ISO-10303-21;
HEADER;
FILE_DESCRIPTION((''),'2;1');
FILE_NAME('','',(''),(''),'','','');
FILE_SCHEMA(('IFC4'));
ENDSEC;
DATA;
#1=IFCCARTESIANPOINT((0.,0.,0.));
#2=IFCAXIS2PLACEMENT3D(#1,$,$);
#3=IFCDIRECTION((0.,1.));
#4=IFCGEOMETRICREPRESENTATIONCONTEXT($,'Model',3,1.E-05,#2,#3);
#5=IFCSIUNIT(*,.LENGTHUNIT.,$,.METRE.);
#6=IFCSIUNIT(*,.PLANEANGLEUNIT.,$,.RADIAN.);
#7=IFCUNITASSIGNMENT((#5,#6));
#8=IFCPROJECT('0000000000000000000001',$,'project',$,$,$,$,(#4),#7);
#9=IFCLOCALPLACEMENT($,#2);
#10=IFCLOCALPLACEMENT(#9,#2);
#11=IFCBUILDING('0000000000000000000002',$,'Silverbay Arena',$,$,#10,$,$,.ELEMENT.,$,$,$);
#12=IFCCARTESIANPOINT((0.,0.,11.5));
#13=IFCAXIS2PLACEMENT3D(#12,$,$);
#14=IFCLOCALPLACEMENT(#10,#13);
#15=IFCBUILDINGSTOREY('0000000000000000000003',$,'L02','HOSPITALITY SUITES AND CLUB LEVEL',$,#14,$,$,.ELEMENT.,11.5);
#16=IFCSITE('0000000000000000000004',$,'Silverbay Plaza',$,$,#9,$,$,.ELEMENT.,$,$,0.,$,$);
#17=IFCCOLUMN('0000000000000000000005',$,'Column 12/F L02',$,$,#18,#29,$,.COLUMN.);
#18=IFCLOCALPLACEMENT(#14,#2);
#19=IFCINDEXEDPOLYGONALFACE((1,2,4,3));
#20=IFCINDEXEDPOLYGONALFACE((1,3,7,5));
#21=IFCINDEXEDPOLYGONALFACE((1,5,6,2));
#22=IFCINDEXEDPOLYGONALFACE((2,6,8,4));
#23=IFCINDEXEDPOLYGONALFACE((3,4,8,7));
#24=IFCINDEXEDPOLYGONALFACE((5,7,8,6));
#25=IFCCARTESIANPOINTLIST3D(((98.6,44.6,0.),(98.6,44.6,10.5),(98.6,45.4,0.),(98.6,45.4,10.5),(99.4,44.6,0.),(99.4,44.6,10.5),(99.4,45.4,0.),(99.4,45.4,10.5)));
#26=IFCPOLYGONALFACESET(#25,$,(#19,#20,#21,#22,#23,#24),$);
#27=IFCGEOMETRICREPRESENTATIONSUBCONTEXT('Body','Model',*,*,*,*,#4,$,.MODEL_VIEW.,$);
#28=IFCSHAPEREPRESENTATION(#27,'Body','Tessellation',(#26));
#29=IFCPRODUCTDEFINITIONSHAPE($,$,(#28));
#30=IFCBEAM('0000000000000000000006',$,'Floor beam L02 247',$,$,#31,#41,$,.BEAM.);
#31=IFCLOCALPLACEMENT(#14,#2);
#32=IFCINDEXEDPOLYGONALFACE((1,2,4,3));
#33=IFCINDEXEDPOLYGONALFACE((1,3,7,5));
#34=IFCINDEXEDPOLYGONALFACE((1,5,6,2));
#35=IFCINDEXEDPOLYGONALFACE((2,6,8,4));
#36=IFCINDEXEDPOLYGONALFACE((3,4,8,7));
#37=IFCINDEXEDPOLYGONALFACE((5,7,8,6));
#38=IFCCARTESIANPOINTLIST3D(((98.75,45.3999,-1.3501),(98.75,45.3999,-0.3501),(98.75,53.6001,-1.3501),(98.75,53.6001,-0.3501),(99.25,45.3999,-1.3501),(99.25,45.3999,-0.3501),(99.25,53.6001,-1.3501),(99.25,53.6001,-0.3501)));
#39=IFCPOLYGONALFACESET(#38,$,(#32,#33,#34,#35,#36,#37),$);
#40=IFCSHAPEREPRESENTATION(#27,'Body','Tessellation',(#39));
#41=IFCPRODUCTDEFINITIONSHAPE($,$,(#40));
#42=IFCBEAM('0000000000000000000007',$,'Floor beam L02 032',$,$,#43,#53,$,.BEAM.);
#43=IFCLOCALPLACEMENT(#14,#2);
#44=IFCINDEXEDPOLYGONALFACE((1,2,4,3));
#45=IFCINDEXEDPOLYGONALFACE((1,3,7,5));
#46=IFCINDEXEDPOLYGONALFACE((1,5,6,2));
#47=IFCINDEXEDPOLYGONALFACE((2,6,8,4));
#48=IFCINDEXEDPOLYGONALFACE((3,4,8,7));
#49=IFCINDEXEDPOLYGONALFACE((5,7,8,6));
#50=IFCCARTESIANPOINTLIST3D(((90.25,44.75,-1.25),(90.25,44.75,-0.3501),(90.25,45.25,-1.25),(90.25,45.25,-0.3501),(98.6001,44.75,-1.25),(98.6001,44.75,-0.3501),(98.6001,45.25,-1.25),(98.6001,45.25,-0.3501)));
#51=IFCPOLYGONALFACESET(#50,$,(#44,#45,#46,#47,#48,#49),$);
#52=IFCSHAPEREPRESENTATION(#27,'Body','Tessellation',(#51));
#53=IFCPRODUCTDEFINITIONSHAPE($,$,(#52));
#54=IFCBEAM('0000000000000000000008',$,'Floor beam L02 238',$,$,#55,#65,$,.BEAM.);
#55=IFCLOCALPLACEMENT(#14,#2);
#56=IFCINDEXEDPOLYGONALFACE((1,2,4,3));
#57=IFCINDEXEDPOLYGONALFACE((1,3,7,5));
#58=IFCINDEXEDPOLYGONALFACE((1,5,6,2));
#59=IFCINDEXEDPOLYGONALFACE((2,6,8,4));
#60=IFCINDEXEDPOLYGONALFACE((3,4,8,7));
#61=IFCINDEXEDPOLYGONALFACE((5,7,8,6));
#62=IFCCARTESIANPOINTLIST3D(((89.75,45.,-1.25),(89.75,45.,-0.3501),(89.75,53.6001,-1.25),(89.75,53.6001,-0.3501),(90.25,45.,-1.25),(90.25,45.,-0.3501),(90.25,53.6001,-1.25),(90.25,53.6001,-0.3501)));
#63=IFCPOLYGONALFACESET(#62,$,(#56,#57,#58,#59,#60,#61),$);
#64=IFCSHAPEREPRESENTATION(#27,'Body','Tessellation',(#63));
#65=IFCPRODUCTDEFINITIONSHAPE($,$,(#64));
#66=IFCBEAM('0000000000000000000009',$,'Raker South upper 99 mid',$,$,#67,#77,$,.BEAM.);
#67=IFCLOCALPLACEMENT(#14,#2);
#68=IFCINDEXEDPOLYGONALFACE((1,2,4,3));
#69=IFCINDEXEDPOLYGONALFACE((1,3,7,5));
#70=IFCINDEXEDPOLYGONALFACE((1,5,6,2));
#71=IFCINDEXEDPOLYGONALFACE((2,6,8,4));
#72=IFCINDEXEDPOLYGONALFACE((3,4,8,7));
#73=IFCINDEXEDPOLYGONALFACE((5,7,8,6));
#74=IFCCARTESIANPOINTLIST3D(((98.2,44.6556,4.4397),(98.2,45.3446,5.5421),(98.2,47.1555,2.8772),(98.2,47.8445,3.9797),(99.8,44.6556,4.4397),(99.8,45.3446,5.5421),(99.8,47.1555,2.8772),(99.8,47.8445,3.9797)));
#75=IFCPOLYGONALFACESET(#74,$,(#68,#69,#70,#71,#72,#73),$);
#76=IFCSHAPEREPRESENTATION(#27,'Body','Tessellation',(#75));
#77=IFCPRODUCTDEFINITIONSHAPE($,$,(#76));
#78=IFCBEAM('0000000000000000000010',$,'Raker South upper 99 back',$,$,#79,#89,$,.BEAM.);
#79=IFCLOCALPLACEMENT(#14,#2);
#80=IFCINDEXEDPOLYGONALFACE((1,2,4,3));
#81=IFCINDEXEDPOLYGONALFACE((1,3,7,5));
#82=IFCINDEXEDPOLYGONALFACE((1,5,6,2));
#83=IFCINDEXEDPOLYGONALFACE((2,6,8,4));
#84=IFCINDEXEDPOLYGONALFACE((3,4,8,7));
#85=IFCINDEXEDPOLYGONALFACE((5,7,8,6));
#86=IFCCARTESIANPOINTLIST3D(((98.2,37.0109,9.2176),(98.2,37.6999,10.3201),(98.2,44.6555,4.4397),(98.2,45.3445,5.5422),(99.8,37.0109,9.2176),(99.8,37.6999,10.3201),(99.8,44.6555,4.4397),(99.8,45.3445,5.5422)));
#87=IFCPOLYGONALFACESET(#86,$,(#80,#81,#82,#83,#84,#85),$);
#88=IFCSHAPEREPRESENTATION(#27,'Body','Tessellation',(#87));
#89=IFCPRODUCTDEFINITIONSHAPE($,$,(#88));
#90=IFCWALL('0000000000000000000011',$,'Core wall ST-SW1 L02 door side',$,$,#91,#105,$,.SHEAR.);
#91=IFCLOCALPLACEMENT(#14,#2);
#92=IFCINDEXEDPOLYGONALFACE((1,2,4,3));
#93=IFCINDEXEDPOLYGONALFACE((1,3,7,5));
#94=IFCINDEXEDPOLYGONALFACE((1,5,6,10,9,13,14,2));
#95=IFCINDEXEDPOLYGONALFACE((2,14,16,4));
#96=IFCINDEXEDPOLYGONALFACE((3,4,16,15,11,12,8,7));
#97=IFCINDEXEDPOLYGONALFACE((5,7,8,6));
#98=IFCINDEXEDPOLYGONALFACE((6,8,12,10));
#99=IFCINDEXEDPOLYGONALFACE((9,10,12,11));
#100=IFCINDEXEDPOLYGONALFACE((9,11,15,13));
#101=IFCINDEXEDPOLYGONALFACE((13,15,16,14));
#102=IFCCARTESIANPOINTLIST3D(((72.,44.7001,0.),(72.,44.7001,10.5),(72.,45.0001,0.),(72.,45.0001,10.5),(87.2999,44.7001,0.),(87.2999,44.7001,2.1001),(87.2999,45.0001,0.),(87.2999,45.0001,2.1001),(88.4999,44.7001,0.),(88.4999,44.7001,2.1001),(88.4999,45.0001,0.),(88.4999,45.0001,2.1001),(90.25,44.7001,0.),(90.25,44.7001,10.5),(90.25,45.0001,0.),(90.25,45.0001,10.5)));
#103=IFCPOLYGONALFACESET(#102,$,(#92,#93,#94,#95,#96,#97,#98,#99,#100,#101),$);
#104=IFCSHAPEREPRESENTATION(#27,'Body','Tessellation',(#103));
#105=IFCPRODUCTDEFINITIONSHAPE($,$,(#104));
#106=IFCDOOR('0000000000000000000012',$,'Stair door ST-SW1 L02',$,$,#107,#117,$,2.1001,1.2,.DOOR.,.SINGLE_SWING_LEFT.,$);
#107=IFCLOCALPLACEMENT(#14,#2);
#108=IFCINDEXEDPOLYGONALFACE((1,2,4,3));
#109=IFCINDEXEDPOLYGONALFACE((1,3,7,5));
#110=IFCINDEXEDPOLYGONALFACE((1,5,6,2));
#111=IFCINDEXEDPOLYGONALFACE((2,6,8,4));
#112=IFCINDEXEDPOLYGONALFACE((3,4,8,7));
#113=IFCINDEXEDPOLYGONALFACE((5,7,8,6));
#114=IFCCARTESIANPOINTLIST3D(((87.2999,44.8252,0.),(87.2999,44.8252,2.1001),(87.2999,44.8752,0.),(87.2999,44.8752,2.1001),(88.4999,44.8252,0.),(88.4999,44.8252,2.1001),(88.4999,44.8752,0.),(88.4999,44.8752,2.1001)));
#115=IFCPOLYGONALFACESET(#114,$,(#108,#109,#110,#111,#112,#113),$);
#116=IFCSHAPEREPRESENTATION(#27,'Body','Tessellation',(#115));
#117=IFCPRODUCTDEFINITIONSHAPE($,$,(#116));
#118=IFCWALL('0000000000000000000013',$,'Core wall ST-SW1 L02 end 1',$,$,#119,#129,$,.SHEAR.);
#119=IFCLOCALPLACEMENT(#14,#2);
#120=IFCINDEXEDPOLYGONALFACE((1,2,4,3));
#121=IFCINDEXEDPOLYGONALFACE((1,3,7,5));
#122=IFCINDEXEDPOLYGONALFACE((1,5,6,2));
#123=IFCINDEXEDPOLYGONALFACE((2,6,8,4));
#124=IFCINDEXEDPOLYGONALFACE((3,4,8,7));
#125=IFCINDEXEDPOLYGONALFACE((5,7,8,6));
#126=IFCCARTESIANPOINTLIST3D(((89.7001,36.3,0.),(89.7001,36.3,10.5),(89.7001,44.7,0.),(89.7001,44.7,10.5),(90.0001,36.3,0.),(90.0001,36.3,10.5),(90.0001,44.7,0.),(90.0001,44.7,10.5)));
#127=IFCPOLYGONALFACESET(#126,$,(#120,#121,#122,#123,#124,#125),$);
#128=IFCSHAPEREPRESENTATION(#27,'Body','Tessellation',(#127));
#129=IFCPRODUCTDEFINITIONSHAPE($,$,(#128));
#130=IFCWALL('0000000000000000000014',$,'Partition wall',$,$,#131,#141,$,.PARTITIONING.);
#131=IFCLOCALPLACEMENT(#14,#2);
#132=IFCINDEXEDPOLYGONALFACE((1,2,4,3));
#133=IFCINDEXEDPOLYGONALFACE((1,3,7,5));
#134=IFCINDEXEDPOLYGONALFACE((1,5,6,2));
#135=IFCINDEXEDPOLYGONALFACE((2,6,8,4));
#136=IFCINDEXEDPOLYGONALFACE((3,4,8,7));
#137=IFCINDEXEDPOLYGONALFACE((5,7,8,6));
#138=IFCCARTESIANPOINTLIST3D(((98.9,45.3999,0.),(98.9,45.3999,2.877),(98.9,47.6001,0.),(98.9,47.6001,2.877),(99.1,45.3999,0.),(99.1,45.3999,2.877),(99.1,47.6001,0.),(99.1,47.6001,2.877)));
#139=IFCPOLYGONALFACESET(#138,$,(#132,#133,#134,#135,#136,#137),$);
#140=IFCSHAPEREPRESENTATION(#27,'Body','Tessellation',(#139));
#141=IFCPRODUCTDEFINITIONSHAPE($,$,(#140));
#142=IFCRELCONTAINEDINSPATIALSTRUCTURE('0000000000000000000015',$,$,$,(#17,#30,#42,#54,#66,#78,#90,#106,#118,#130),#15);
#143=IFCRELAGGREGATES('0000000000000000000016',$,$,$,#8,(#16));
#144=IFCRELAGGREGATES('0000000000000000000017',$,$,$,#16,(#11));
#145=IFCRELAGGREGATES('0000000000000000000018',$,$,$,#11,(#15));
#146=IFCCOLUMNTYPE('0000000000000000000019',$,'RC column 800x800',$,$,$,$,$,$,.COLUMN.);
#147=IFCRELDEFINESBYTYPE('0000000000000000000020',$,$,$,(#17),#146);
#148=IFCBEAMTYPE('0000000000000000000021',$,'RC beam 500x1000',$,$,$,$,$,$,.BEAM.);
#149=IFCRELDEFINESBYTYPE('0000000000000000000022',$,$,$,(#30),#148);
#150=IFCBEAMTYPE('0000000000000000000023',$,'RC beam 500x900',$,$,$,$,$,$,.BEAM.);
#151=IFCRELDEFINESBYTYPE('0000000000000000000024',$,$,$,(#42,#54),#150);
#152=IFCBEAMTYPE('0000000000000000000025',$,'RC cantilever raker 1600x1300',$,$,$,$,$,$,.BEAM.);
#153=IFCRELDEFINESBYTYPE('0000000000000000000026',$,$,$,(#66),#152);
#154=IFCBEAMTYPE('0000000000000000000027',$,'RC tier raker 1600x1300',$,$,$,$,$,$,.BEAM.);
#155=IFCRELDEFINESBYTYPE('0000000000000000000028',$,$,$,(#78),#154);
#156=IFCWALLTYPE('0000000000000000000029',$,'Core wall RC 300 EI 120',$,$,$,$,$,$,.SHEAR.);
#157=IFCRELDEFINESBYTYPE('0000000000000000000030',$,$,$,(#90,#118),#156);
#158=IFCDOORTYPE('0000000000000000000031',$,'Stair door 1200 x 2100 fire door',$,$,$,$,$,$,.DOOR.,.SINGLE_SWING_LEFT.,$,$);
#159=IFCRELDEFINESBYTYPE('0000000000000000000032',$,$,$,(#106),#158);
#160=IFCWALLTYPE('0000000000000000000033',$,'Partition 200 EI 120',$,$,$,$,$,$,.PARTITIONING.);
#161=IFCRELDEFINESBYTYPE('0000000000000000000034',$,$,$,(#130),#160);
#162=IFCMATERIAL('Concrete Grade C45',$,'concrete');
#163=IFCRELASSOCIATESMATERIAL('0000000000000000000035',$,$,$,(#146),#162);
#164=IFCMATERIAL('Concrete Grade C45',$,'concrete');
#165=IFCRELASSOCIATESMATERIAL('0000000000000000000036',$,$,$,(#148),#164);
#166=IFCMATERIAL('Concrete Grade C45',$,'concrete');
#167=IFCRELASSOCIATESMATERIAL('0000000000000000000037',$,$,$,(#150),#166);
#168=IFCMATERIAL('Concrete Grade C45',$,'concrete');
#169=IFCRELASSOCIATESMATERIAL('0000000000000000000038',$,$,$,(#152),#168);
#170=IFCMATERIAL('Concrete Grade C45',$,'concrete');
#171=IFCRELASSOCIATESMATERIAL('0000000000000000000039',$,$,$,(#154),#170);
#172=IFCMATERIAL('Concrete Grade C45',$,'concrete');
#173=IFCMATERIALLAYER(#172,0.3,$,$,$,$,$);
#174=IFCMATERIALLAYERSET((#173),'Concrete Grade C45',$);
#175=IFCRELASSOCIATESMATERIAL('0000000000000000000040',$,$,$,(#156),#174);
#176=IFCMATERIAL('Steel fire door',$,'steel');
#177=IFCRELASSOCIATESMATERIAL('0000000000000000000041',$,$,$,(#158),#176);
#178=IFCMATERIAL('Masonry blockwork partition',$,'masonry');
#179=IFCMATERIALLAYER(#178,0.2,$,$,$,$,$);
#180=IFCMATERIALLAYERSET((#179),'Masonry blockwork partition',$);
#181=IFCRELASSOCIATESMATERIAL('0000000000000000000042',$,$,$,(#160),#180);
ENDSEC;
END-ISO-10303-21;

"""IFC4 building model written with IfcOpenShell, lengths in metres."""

from ifc_helpers import new_model, si_unit, direction, frame, frame_2d, origin, origin_2d, place, context, subcontext, project, spatial, rectangle, extrude, material, layer, layer_set, material_profile, profile_set, type_object, element, fill, save


model = new_model("IFC4")

# Units and contexts
model_context = context("Model", 3, precision=1e-05, world=origin(), true_north=direction((0.0, 1.0)))
body_context = subcontext(model_context, "Body", "Model", "MODEL_VIEW")
ifc_project = project(units=[si_unit("LENGTHUNIT", "METRE"), si_unit("PLANEANGLEUNIT", "RADIAN")], contexts=[model_context])

# Site, building, storey
site_placement = place(None, origin())
site = spatial("IfcSite", under=ifc_project, at=site_placement, Name="Silverbay Plaza", CompositionType="ELEMENT", RefElevation=0.0)
building_placement = place(site_placement, origin())
building = spatial("IfcBuilding", under=site, at=building_placement, Name="Silverbay Arena", CompositionType="ELEMENT")
storey_placement = place(building_placement, frame((0.0, 0.0, 11.5)))
storey = spatial("IfcBuildingStorey", under=building, at=storey_placement, Name="L02", Description="HOSPITALITY SUITES AND CLUB LEVEL", CompositionType="ELEMENT", Elevation=11.5)

# Column
ifc_material_1 = material(Name="Concrete Grade C45", Category="concrete")
ifc_material_profile_1 = material_profile(ifc_material_1, rectangle(XDim=0.8, YDim=0.8, at=origin_2d()), Name="RC 800x800")
ifc_profile_set_1 = profile_set([ifc_material_profile_1], Name="Concrete Grade C45")
column_type = type_object("IfcColumnType", Name="RC column 800x800", PredefinedType="COLUMN", material=ifc_profile_set_1)
column_placement = place(storey_placement, frame((99.0, 45.0, 0.0), z_axis=(0.0, 0.0, 1.0), x_axis=(1.0, 0.0, 0.0)))
element("IfcColumn", 1, at=column_placement, inside=storey, type_object=column_type, Name="Column 12/F L02", PredefinedType="COLUMN", context=body_context, shape_type="SweptSolid", body=[
    extrude(rectangle(XDim=0.8, YDim=0.8, at=origin_2d()), origin(), (0.0, 0.0, 1.0), 10.5),
])

# Beams
ifc_material_2 = material(Name="Concrete Grade C45", Category="concrete")
ifc_material_profile_2 = material_profile(ifc_material_2, rectangle(XDim=0.5, YDim=1.0, at=origin_2d()), Name="RC 500x1000")
ifc_profile_set_2 = profile_set([ifc_material_profile_2], Name="Concrete Grade C45")
beam_type_1 = type_object("IfcBeamType", Name="RC beam 500x1000", PredefinedType="BEAM", material=ifc_profile_set_2)
beam_1_placement = place(storey_placement, frame((99.0, 45.3999, -0.8501), z_axis=(0.0, 1.0, 0.0), x_axis=(-1.0, 0.0, 0.0)))
element("IfcBeam", 2, at=beam_1_placement, inside=storey, type_object=beam_type_1, Name="Floor beam L02 247", PredefinedType="BEAM", context=body_context, shape_type="SweptSolid", body=[
    extrude(rectangle(XDim=0.5, YDim=1.0, at=origin_2d()), origin(), (0.0, 0.0, 1.0), 8.2002),
])
ifc_material_3 = material(Name="Concrete Grade C45", Category="concrete")
ifc_material_profile_3 = material_profile(ifc_material_3, rectangle(XDim=0.5, YDim=0.8999, at=origin_2d()), Name="RC 500x900")
ifc_profile_set_3 = profile_set([ifc_material_profile_3], Name="Concrete Grade C45")
beam_type_2 = type_object("IfcBeamType", Name="RC beam 500x900", PredefinedType="BEAM", material=ifc_profile_set_3)
beam_2_placement = place(storey_placement, frame((90.25, 45.0, -0.8), z_axis=(1.0, 0.0, 0.0), x_axis=(0.0, 1.0, 0.0)))
element("IfcBeam", 3, at=beam_2_placement, inside=storey, type_object=beam_type_2, Name="Floor beam L02 032", PredefinedType="BEAM", context=body_context, shape_type="SweptSolid", body=[
    extrude(rectangle(XDim=0.5, YDim=0.8999, at=origin_2d()), origin(), (0.0, 0.0, 1.0), 8.3501),
])
beam_3_placement = place(storey_placement, frame((90.0, 45.0, -0.8), z_axis=(0.0, 1.0, 0.0), x_axis=(-1.0, 0.0, 0.0)))
element("IfcBeam", 4, at=beam_3_placement, inside=storey, type_object=beam_type_2, Name="Floor beam L02 238", PredefinedType="BEAM", context=body_context, shape_type="SweptSolid", body=[
    extrude(rectangle(XDim=0.5, YDim=0.8999, at=origin_2d()), origin(), (0.0, 0.0, 1.0), 8.6001),
])
ifc_material_4 = material(Name="Concrete Grade C45", Category="concrete")
ifc_material_profile_4 = material_profile(ifc_material_4, rectangle(XDim=1.6001, YDim=1.3, at=origin_2d()), Name="RC 1600x1300")
ifc_profile_set_4 = profile_set([ifc_material_profile_4], Name="Concrete Grade C45")
beam_type_3 = type_object("IfcBeamType", Name="RC cantilever raker 1600x1300", PredefinedType="BEAM", material=ifc_profile_set_4)
beam_4_placement = place(storey_placement, frame((99.0, 47.5, 3.4285), z_axis=(0.0, -0.847998, 0.529999), x_axis=(1.0, 0.0, 0.0)))
element("IfcBeam", 5, at=beam_4_placement, inside=storey, type_object=beam_type_3, Name="Raker South upper 99 mid", PredefinedType="BEAM", context=body_context, shape_type="SweptSolid", body=[
    extrude(rectangle(XDim=1.6001, YDim=1.3, at=origin_2d()), origin(), (0.0, 0.0, 1.0), 2.948),
])
ifc_material_5 = material(Name="Concrete Grade C45", Category="concrete")
ifc_material_profile_5 = material_profile(ifc_material_5, rectangle(XDim=1.6001, YDim=1.3, at=origin_2d()), Name="RC 1600x1300")
ifc_profile_set_5 = profile_set([ifc_material_profile_5], Name="Concrete Grade C45")
beam_type_4 = type_object("IfcBeamType", Name="RC tier raker 1600x1300", PredefinedType="BEAM", material=ifc_profile_set_5)
beam_5_placement = place(storey_placement, frame((99.0, 45.0, 4.991), z_axis=(0.0, -0.847998, 0.529999), x_axis=(1.0, 0.0, 0.0)))
element("IfcBeam", 6, at=beam_5_placement, inside=storey, type_object=beam_type_4, Name="Raker South upper 99 back", PredefinedType="BEAM", context=body_context, shape_type="SweptSolid", body=[
    extrude(rectangle(XDim=1.6001, YDim=1.3, at=origin_2d()), origin(), (0.0, 0.0, 1.0), 9.0149),
])

# Wall, opening, door
ifc_material_6 = material(Name="Concrete Grade C45", Category="concrete")
ifc_layer_1 = layer(ifc_material_6, 0.3)
ifc_layer_set_1 = layer_set([ifc_layer_1], Name="Concrete Grade C45")
wall_type_1 = type_object("IfcWallType", Name="Core wall RC 300 EI 120", PredefinedType="SHEAR", material=ifc_layer_set_1)
wall_1_placement = place(storey_placement, frame((90.25, 44.8501, 0.0), z_axis=(0.0, 0.0, 1.0), x_axis=(-1.0, 0.0, 0.0)))
wall_1 = element("IfcWall", 7, at=wall_1_placement, inside=storey, type_object=wall_type_1, Name="Core wall ST-SW1 L02 door side", PredefinedType="SHEAR", context=body_context, shape_type="SweptSolid", body=[
    extrude(rectangle(XDim=18.25, YDim=0.3, at=frame_2d((9.125, 0.0))), origin(), (0.0, 0.0, 1.0), 10.5),
])
opening_placement = place(wall_1_placement, frame((1.75, 0.0, 0.0)))
opening = element("IfcOpeningElement", 8, at=opening_placement, cuts=wall_1, PredefinedType="OPENING", context=body_context, shape_type="SweptSolid", body=[
    extrude(rectangle(XDim=1.2, YDim=2.1001, at=frame_2d((0.6001, 1.05))), frame((0.0, 0.1602, 0.0), z_axis=(0.0, -1.0, 0.0), x_axis=(1.0, 0.0, 0.0)), (0.0, 0.0, 1.0), 0.3201),
])
ifc_material_7 = material(Name="Steel fire door", Category="steel")
door_type = type_object("IfcDoorType", Name="Stair door 1200 x 2100 fire door", OperationType="SINGLE_SWING_LEFT", PredefinedType="DOOR", material=ifc_material_7)
door_placement = place(opening_placement, origin())
door = element("IfcDoor", 9, at=door_placement, inside=storey, type_object=door_type, Name="Stair door ST-SW1 L02", OperationType="SINGLE_SWING_LEFT", OverallHeight=2.1001, OverallWidth=1.2, PredefinedType="DOOR", context=body_context, shape_type="SweptSolid", body=[
    extrude(rectangle(XDim=1.2, YDim=2.1001, at=frame_2d((0.6001, 1.05))), frame((0.0, 0.0249, 0.0), z_axis=(0.0, -1.0, 0.0), x_axis=(1.0, 0.0, 0.0)), (0.0, 0.0, 1.0), 0.05),
])
fill(opening, door)

# Walls
wall_2_placement = place(storey_placement, frame((89.8501, 44.7, 0.0), z_axis=(0.0, 0.0, 1.0), x_axis=(0.0, -1.0, 0.0)))
element("IfcWall", 10, at=wall_2_placement, inside=storey, type_object=wall_type_1, Name="Core wall ST-SW1 L02 end 1", PredefinedType="SHEAR", context=body_context, shape_type="SweptSolid", body=[
    extrude(rectangle(XDim=8.3999, YDim=0.3, at=frame_2d((4.2, 0.0))), origin(), (0.0, 0.0, 1.0), 10.5),
])
ifc_material_8 = material(Name="Masonry blockwork partition", Category="masonry")
ifc_layer_2 = layer(ifc_material_8, 0.2)
ifc_layer_set_2 = layer_set([ifc_layer_2], Name="Masonry blockwork partition")
wall_type_2 = type_object("IfcWallType", Name="Partition 200 EI 120", PredefinedType="PARTITIONING", material=ifc_layer_set_2)
wall_3_placement = place(storey_placement, frame((99.0, 45.3999, 0.0), z_axis=(0.0, 0.0, 1.0), x_axis=(0.0, 1.0, 0.0)))
element("IfcWall", 11, at=wall_3_placement, inside=storey, type_object=wall_type_2, Name="Partition wall", PredefinedType="PARTITIONING", context=body_context, shape_type="SweptSolid", body=[
    extrude(rectangle(XDim=2.2002, YDim=0.2, at=frame_2d((1.1001, 0.0))), origin(), (0.0, 0.0, 1.0), 2.877),
])

save(model, "model.ifc")
